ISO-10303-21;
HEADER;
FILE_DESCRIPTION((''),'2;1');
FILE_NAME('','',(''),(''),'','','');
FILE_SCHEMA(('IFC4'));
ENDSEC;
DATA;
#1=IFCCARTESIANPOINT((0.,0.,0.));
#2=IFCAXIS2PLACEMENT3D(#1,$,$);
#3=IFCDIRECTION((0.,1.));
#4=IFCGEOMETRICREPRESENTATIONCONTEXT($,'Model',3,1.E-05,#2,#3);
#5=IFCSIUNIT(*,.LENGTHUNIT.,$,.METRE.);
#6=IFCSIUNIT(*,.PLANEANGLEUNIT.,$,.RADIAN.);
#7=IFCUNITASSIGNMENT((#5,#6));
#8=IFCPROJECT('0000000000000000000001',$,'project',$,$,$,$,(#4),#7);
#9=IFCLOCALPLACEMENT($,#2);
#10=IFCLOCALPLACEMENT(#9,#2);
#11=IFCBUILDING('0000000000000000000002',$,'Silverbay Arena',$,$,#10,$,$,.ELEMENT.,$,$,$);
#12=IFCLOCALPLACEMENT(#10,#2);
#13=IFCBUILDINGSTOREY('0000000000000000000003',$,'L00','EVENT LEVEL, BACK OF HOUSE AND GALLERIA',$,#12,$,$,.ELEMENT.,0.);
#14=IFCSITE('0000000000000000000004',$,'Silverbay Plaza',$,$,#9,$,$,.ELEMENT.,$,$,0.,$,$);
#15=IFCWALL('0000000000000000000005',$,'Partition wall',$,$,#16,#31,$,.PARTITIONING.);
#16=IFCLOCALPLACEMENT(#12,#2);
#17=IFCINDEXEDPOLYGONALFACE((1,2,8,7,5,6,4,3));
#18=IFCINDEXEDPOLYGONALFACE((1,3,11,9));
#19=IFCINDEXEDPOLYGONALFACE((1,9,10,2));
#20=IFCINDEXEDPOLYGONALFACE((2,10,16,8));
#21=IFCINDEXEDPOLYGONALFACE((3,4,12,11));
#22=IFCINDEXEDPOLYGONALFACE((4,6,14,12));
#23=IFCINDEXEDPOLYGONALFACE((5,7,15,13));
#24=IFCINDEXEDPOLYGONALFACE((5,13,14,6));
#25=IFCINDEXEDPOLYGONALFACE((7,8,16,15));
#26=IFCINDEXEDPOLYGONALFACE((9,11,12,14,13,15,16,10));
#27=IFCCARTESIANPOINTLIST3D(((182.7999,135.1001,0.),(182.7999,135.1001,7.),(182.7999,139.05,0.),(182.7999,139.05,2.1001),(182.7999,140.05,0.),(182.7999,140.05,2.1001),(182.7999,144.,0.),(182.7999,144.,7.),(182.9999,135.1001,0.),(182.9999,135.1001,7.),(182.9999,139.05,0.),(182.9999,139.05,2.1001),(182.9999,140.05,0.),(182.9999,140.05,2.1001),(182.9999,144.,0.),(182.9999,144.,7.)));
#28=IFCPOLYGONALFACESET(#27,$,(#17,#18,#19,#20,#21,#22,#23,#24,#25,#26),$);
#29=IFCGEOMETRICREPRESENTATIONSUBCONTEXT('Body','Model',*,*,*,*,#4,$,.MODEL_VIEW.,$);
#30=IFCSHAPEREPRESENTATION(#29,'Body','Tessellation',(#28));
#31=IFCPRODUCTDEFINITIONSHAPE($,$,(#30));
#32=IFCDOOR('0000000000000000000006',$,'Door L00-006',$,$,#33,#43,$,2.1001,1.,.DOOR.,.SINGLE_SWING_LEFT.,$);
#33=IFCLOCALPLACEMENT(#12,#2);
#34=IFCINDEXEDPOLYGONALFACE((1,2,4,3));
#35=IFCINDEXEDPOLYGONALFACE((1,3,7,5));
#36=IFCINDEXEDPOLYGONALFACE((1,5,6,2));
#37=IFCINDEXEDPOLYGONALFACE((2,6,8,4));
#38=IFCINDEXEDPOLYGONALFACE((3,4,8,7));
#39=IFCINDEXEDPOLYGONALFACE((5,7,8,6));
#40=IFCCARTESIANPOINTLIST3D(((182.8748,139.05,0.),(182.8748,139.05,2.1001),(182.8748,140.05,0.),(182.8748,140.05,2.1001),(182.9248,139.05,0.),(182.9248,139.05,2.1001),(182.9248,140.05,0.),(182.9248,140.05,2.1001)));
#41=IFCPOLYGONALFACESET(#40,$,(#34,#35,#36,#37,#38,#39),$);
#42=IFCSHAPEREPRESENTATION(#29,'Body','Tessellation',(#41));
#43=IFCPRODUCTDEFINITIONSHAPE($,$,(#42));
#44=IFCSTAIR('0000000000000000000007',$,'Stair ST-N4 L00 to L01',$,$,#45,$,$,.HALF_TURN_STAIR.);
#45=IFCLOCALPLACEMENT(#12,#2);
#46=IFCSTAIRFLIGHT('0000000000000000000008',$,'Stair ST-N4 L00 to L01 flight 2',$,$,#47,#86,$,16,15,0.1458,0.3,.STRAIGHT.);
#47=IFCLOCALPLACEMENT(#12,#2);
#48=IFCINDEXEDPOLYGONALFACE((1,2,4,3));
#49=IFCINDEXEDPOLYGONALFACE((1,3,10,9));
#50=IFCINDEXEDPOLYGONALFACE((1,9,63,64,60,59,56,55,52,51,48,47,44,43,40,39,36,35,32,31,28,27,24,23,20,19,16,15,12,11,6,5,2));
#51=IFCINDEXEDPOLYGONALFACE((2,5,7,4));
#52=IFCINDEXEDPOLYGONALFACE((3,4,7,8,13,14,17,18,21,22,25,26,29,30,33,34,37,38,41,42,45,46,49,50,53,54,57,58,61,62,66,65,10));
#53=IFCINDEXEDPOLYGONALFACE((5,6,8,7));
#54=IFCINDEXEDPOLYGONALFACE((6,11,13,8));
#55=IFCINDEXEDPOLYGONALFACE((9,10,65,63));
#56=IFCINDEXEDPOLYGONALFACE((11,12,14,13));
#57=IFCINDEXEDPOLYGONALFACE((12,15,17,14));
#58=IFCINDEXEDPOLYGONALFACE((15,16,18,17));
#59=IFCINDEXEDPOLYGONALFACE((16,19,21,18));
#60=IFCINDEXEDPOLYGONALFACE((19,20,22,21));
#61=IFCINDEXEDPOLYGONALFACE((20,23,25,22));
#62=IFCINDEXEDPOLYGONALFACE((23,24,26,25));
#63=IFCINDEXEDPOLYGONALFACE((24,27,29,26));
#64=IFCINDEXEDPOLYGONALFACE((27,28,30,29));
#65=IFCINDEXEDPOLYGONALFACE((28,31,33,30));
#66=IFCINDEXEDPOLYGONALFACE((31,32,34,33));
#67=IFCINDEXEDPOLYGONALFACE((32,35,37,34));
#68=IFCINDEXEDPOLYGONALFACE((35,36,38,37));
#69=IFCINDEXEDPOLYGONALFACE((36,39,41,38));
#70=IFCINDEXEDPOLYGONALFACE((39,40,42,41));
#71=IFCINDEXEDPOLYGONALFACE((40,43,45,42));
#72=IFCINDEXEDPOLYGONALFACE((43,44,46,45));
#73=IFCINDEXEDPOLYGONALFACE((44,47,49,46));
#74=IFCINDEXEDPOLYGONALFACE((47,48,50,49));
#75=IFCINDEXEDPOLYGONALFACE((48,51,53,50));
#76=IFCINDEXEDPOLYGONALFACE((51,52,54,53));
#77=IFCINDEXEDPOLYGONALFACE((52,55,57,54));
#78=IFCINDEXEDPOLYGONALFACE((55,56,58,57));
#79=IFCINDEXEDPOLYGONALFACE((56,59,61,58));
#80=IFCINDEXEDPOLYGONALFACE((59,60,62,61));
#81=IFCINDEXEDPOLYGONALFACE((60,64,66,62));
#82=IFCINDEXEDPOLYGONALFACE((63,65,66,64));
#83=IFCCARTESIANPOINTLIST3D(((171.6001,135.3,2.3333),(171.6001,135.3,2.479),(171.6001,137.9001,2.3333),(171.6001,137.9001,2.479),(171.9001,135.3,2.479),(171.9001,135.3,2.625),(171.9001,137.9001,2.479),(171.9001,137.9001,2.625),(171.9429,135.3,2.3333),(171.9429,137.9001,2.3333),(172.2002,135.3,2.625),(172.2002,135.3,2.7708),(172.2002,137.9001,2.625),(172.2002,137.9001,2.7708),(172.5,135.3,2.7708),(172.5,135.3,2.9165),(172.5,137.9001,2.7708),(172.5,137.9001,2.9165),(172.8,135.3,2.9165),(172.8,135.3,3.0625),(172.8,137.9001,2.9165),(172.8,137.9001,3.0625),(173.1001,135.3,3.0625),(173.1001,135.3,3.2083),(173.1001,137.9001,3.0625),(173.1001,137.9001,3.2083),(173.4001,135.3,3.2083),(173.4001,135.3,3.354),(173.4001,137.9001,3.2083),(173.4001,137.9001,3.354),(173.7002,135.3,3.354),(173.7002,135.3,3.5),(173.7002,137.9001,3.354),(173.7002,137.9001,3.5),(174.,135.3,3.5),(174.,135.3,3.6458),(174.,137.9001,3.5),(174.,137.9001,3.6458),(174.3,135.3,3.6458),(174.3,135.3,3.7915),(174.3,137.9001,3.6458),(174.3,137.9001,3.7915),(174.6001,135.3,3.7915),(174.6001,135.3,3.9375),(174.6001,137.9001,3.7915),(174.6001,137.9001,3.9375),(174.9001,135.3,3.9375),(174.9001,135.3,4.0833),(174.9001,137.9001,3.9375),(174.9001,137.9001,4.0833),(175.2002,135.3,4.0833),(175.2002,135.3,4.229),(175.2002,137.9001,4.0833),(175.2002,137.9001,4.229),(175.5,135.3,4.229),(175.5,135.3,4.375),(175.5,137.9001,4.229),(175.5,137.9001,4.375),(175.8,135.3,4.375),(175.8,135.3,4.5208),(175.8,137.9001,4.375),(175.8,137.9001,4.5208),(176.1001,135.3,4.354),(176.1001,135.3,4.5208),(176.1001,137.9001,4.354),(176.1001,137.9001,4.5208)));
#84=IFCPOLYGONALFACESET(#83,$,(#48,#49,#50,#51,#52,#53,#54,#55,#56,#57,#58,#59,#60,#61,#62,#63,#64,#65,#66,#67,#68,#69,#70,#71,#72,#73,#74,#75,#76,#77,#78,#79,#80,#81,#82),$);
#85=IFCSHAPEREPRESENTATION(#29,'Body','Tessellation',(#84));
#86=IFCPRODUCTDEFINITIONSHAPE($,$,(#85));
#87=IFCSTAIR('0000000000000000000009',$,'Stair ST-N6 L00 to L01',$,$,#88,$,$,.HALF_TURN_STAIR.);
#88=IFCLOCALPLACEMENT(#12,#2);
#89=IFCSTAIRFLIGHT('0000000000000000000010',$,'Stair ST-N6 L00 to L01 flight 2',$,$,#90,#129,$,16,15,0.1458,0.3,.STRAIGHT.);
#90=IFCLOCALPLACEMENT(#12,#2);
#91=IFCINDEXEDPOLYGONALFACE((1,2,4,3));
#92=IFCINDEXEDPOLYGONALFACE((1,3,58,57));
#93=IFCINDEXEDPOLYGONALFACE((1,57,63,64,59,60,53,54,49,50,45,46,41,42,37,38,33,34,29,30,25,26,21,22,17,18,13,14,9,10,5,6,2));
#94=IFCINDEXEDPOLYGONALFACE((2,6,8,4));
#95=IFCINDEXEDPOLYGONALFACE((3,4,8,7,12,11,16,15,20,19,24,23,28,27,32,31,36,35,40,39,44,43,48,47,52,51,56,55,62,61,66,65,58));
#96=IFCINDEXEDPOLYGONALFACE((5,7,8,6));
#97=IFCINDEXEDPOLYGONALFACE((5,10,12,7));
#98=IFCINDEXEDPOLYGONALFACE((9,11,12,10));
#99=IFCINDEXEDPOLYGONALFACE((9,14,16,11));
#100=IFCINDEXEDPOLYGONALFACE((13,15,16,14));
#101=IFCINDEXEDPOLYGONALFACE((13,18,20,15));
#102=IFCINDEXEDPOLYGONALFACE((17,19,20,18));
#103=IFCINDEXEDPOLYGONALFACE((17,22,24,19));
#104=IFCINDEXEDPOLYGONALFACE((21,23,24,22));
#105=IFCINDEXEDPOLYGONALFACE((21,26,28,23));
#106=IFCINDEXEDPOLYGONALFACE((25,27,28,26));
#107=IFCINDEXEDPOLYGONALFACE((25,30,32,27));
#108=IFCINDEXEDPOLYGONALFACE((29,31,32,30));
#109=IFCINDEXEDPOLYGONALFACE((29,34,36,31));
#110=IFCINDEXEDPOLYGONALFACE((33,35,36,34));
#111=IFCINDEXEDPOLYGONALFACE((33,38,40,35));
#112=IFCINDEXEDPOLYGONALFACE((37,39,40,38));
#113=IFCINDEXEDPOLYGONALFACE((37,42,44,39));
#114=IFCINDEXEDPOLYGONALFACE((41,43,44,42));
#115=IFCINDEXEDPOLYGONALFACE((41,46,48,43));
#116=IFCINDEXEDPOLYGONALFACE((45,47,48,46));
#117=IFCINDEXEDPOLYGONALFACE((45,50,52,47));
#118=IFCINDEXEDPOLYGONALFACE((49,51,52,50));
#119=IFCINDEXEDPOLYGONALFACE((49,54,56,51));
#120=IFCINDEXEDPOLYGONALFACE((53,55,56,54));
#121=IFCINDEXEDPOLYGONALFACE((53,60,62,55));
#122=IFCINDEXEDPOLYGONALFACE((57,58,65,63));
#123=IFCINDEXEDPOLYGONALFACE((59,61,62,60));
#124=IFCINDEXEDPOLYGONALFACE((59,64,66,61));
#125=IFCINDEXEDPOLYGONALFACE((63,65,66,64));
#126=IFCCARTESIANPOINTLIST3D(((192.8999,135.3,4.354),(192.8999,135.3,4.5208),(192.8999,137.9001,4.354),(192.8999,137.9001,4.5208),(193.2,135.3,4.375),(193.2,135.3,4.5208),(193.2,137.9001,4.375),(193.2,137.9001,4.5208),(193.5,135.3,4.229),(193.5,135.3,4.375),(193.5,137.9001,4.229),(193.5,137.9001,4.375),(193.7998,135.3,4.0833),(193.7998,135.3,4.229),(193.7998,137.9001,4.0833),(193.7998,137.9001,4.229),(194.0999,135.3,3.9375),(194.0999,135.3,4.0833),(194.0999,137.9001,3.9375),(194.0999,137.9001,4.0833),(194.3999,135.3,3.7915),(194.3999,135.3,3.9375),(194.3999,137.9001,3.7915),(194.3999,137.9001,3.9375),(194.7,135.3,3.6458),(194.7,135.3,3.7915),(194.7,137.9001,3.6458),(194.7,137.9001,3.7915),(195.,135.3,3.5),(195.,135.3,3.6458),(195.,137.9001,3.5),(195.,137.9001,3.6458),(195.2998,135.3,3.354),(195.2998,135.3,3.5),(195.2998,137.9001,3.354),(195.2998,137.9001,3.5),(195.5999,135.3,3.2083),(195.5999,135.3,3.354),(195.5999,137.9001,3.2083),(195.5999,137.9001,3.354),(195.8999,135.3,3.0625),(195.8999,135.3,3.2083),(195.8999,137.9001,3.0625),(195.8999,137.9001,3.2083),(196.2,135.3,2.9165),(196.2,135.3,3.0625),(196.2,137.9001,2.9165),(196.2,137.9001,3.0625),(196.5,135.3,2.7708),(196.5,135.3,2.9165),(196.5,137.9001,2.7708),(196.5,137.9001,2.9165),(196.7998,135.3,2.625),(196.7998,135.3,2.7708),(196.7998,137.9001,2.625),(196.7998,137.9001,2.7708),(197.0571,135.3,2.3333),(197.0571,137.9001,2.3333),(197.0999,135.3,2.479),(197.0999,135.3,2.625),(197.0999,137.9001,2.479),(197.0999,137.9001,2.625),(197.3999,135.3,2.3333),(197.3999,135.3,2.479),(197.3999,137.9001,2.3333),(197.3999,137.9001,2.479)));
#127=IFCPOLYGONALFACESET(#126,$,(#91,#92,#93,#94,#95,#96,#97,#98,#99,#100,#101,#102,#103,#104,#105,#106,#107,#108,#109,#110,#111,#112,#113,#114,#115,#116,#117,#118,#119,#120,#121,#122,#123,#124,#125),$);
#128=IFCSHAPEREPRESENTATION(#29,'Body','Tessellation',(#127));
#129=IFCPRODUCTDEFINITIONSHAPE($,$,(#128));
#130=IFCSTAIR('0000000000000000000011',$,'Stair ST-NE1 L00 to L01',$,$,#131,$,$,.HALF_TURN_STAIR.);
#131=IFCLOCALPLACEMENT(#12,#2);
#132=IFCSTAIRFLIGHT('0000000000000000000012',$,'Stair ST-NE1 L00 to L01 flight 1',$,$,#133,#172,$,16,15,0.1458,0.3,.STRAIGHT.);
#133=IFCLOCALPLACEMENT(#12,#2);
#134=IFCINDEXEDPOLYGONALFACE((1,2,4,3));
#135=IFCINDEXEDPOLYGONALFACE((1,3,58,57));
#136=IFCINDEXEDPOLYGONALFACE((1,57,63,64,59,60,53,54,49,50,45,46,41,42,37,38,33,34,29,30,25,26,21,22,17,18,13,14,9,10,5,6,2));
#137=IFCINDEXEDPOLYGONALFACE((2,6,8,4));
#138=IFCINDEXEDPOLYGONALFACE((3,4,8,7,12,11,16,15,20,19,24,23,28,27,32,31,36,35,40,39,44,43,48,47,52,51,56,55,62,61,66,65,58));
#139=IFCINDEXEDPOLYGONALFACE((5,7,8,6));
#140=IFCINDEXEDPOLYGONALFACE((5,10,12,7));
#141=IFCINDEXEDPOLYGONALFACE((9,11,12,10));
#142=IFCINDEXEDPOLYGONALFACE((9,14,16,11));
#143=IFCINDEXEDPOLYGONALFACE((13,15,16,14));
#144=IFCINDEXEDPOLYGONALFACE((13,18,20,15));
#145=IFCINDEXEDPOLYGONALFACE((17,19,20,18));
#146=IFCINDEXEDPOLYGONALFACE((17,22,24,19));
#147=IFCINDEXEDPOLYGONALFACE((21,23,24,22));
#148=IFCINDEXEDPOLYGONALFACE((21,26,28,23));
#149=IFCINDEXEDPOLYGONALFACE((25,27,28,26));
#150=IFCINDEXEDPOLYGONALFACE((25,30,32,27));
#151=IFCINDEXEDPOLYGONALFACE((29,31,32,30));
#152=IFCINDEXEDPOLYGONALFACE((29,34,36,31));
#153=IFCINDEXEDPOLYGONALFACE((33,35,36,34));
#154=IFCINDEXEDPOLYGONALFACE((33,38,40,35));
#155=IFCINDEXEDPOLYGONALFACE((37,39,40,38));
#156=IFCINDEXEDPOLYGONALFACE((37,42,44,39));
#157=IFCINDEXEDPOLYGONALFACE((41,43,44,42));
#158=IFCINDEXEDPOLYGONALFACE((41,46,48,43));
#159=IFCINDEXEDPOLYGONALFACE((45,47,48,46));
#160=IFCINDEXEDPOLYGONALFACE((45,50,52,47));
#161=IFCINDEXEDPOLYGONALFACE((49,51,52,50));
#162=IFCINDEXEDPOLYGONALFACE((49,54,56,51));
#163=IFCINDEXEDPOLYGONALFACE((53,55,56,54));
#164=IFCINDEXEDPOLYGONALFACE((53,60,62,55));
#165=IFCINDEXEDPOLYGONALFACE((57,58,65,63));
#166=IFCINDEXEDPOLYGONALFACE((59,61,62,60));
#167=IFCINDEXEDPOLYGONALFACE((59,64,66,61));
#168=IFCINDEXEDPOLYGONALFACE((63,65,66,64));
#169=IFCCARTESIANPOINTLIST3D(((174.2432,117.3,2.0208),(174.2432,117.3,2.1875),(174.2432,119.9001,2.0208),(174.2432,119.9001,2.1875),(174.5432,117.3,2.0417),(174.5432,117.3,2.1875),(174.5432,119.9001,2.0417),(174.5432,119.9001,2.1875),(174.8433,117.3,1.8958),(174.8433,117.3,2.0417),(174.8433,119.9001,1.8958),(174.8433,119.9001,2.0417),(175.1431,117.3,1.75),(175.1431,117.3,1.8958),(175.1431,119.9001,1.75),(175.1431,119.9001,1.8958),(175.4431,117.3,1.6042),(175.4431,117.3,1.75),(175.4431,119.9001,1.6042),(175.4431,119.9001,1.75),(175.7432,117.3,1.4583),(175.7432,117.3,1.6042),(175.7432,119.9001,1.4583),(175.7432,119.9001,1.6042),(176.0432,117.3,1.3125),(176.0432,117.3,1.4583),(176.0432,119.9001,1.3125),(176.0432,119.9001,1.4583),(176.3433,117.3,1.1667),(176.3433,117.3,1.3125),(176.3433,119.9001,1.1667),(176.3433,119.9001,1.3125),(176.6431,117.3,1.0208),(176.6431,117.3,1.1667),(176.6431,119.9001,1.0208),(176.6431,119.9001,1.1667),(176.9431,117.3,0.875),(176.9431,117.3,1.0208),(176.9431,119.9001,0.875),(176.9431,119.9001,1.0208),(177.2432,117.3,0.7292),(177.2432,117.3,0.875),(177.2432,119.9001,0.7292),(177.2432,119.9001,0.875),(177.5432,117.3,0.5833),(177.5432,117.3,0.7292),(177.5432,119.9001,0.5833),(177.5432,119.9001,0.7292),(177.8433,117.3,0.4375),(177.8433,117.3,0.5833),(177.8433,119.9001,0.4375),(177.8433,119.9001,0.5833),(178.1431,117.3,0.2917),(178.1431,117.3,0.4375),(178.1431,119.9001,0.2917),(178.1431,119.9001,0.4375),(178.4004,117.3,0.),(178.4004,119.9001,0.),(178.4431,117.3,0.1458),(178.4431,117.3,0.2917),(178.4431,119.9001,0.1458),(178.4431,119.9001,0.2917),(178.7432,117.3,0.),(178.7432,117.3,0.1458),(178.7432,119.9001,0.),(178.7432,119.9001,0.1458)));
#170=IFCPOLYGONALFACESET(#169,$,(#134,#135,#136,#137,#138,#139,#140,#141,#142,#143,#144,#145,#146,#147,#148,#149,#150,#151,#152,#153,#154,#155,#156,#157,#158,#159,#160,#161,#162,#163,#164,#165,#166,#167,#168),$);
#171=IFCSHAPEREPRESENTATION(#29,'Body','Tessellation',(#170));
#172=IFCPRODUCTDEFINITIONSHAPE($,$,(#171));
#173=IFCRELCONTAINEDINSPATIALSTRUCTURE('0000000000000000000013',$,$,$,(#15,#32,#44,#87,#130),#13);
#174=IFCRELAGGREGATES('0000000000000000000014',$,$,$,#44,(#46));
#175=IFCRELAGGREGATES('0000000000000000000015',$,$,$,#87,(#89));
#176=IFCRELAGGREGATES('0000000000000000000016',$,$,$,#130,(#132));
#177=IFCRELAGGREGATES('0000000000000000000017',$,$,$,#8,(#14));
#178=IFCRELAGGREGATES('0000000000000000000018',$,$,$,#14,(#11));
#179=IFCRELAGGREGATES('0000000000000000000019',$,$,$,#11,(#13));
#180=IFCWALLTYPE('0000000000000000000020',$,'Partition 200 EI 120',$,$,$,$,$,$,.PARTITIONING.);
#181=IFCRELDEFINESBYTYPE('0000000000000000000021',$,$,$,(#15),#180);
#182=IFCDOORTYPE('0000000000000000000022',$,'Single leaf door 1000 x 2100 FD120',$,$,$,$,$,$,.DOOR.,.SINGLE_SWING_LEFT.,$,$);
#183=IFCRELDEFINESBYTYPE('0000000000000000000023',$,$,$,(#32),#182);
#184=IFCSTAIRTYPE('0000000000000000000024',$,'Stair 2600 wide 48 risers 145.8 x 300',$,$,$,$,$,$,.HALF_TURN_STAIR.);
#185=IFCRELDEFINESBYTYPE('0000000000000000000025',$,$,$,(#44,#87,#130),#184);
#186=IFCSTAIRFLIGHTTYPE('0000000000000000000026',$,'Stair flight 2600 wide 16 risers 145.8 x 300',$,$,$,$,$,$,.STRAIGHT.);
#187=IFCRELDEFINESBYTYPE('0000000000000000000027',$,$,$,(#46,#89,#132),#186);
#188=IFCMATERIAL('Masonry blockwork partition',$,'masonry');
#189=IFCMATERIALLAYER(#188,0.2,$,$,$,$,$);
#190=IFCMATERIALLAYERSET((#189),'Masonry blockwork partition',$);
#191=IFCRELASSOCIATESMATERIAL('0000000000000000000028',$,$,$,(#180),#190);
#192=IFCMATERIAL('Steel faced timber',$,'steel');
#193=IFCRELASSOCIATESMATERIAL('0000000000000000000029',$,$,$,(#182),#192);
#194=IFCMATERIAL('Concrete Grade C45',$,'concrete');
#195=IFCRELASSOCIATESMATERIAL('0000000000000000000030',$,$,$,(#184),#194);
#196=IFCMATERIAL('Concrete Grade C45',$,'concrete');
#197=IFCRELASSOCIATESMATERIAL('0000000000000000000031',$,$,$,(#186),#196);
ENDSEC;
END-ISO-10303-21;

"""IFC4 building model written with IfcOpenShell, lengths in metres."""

from ifc_helpers import new_model, si_unit, direction, frame, frame_2d, origin, place, context, subcontext, project, spatial, polyline, rectangle, outline, extrude, material, layer, layer_set, type_object, element, fill, aggregate, save


model = new_model("IFC4")

# Units and contexts
model_context = context("Model", 3, precision=1e-05, world=origin(), true_north=direction((0.0, 1.0)))
body_context = subcontext(model_context, "Body", "Model", "MODEL_VIEW")
ifc_project = project(units=[si_unit("LENGTHUNIT", "METRE"), si_unit("PLANEANGLEUNIT", "RADIAN")], contexts=[model_context])

# Site, building, storey
site_placement = place(None, origin())
site = spatial("IfcSite", under=ifc_project, at=site_placement, Name="Silverbay Plaza", CompositionType="ELEMENT", RefElevation=0.0)
building_placement = place(site_placement, origin())
building = spatial("IfcBuilding", under=site, at=building_placement, Name="Silverbay Arena", CompositionType="ELEMENT")
storey_placement = place(building_placement, origin())
storey = spatial("IfcBuildingStorey", under=building, at=storey_placement, Name="L00", Description="EVENT LEVEL, BACK OF HOUSE AND GALLERIA", CompositionType="ELEMENT", Elevation=0.0)

# Shared definitions
ifc_material_1 = material(Name="Masonry blockwork partition", Category="masonry")
ifc_layer_1 = layer(ifc_material_1, 0.2)
ifc_layer_set_1 = layer_set([ifc_layer_1], Name="Masonry blockwork partition")
wall_type_1 = type_object("IfcWallType", Name="Partition 200 EI 120", PredefinedType="PARTITIONING", material=ifc_layer_set_1)

# Wall, opening, door
wall_1_placement = place(storey_placement, frame((182.8999, 135.1001, 0.0), z_axis=(0.0, 0.0, 1.0), x_axis=(0.0, 1.0, 0.0)))
wall_1 = element("IfcWall", 1, at=wall_1_placement, inside=storey, type_object=wall_type_1, Name="Partition wall", PredefinedType="PARTITIONING", context=body_context, shape_type="SweptSolid", body=[
    extrude(rectangle(XDim=8.8999, YDim=0.2, at=frame_2d((4.45, 0.0))), origin(), (0.0, 0.0, 1.0), 7.0),
])
opening_1_placement = place(wall_1_placement, frame((3.95, 0.0, 0.0)))
opening_1 = element("IfcOpeningElement", 2, at=opening_1_placement, cuts=wall_1, PredefinedType="OPENING", context=body_context, shape_type="SweptSolid", body=[
    extrude(rectangle(XDim=1.0, YDim=2.1001, at=frame_2d((0.5, 1.05))), frame((0.0, 0.1099, 0.0), z_axis=(0.0, -1.0, 0.0), x_axis=(1.0, 0.0, 0.0)), (0.0, 0.0, 1.0), 0.22),
])
ifc_material_2 = material(Name="Steel faced timber", Category="steel")
door_type_1 = type_object("IfcDoorType", Name="Single leaf door 1000 x 2100 FD120", OperationType="SINGLE_SWING_LEFT", PredefinedType="DOOR", material=ifc_material_2)
door_1_placement = place(opening_1_placement, frame((1.0, 0.0, 0.0), z_axis=(0.0, 0.0, 1.0), x_axis=(-1.0, 0.0, 0.0)))
door_1 = element("IfcDoor", 3, at=door_1_placement, inside=storey, type_object=door_type_1, Name="Door L00-006", OperationType="SINGLE_SWING_LEFT", OverallHeight=2.1001, OverallWidth=1.0, PredefinedType="DOOR", context=body_context, shape_type="SweptSolid", body=[
    extrude(rectangle(XDim=1.0, YDim=2.1001, at=frame_2d((0.5, 1.05))), frame((0.0, 0.0249, 0.0), z_axis=(0.0, -1.0, 0.0), x_axis=(1.0, 0.0, 0.0)), (0.0, 0.0, 1.0), 0.05),
])
fill(opening_1, door_1)

# Stairs, stair flights
ifc_material_3 = material(Name="Concrete Grade C45", Category="concrete")
stair_type = type_object("IfcStairType", Name="Stair 2600 wide 48 risers 145.8 x 300", PredefinedType="HALF_TURN_STAIR", material=ifc_material_3)
stair_1_placement = place(storey_placement, origin())
stair_1 = element("IfcStair", 4, at=stair_1_placement, inside=storey, type_object=stair_type, Name="Stair ST-N4 L00 to L01", PredefinedType="HALF_TURN_STAIR")
ifc_material_4 = material(Name="Concrete Grade C45", Category="concrete")
stair_flight_type = type_object("IfcStairFlightType", Name="Stair flight 2600 wide 16 risers 145.8 x 300", PredefinedType="STRAIGHT", material=ifc_material_4)
stair_flight_1_placement = place(storey_placement, frame((171.6001, 136.6001, 2.3333), z_axis=(0.0, 0.0, 1.0), x_axis=(1.0, 0.0, 0.0)))
stair_flight_1 = element("IfcStairFlight", 5, at=stair_flight_1_placement, type_object=stair_flight_type, Name="Stair ST-N4 L00 to L01 flight 2", NumberOfRisers=16, NumberOfTreads=15, PredefinedType="STRAIGHT", RiserHeight=0.1458, TreadLength=0.3, context=body_context, shape_type="SweptSolid", body=[
    extrude(outline(polyline([(0.0, 0.0), (0.0, 0.1458), (0.3, 0.1458), (0.3, 0.2917), (0.6001, 0.2917), (0.6001, 0.4375), (0.8999, 0.4375), (0.8999, 0.5833), (1.2, 0.5833), (1.2, 0.7292), (1.5, 0.7292), (1.5, 0.875), (1.8, 0.875), (1.8, 1.0208), (2.1001, 1.0208), (2.1001, 1.1667), (2.3999, 1.1667), (2.3999, 1.3125), (2.7, 1.3125), (2.7, 1.4583), (3.0, 1.4583), (3.0, 1.6042), (3.3, 1.6042), (3.3, 1.75), (3.6001, 1.75), (3.6001, 1.8958), (3.8999, 1.8958), (3.8999, 2.0417), (4.2, 2.0417), (4.2, 2.1875), (4.5, 2.1875), (4.5, 2.0208), (0.3428, 0.0), (0.0, 0.0)])), frame((0.0, 1.3, 0.0), z_axis=(0.0, -1.0, 0.0), x_axis=(1.0, 0.0, 0.0)), (0.0, 0.0, 1.0), 2.6001),
])
aggregate(stair_1, [stair_flight_1])
stair_2_placement = place(storey_placement, origin())
stair_2 = element("IfcStair", 6, at=stair_2_placement, inside=storey, type_object=stair_type, Name="Stair ST-N6 L00 to L01", PredefinedType="HALF_TURN_STAIR")
stair_flight_2_placement = place(storey_placement, frame((197.3999, 136.6001, 2.3333), z_axis=(0.0, 0.0, 1.0), x_axis=(-1.0, 0.0, 0.0)))
stair_flight_2 = element("IfcStairFlight", 7, at=stair_flight_2_placement, type_object=stair_flight_type, Name="Stair ST-N6 L00 to L01 flight 2", NumberOfRisers=16, NumberOfTreads=15, PredefinedType="STRAIGHT", RiserHeight=0.1458, TreadLength=0.3, context=body_context, shape_type="SweptSolid", body=[
    extrude(outline(polyline([(0.0, 0.0), (0.0, 0.1458), (0.3, 0.1458), (0.3, 0.2917), (0.6001, 0.2917), (0.6001, 0.4375), (0.8999, 0.4375), (0.8999, 0.5833), (1.2, 0.5833), (1.2, 0.7292), (1.5, 0.7292), (1.5, 0.875), (1.8, 0.875), (1.8, 1.0208), (2.1001, 1.0208), (2.1001, 1.1667), (2.3999, 1.1667), (2.3999, 1.3125), (2.7, 1.3125), (2.7, 1.4583), (3.0, 1.4583), (3.0, 1.6042), (3.3, 1.6042), (3.3, 1.75), (3.6001, 1.75), (3.6001, 1.8958), (3.8999, 1.8958), (3.8999, 2.0417), (4.2, 2.0417), (4.2, 2.1875), (4.5, 2.1875), (4.5, 2.0208), (0.3428, 0.0), (0.0, 0.0)])), frame((0.0, 1.3, 0.0), z_axis=(0.0, -1.0, 0.0), x_axis=(1.0, 0.0, 0.0)), (0.0, 0.0, 1.0), 2.6001),
])
aggregate(stair_2, [stair_flight_2])

# Stair, stair flight
stair_3_placement = place(storey_placement, origin())
stair_3 = element("IfcStair", 8, at=stair_3_placement, inside=storey, type_object=stair_type, Name="Stair ST-NE1 L00 to L01", PredefinedType="HALF_TURN_STAIR")
stair_flight_3_placement = place(storey_placement, frame((178.7432, 118.6001, 0.0), z_axis=(0.0, 0.0, 1.0), x_axis=(-1.0, 0.0, 0.0)))
stair_flight_3 = element("IfcStairFlight", 9, at=stair_flight_3_placement, type_object=stair_flight_type, Name="Stair ST-NE1 L00 to L01 flight 1", NumberOfRisers=16, NumberOfTreads=15, PredefinedType="STRAIGHT", RiserHeight=0.1458, TreadLength=0.3, context=body_context, shape_type="SweptSolid", body=[
    extrude(outline(polyline([(0.0, 0.0), (0.0, 0.1458), (0.3, 0.1458), (0.3, 0.2917), (0.6001, 0.2917), (0.6001, 0.4375), (0.8999, 0.4375), (0.8999, 0.5833), (1.2, 0.5833), (1.2, 0.7292), (1.5, 0.7292), (1.5, 0.875), (1.8, 0.875), (1.8, 1.0208), (2.1001, 1.0208), (2.1001, 1.1667), (2.3999, 1.1667), (2.3999, 1.3125), (2.7, 1.3125), (2.7, 1.4583), (3.0, 1.4583), (3.0, 1.6042), (3.3, 1.6042), (3.3, 1.75), (3.6001, 1.75), (3.6001, 1.8958), (3.8999, 1.8958), (3.8999, 2.0417), (4.2, 2.0417), (4.2, 2.1875), (4.5, 2.1875), (4.5, 2.0208), (0.3428, 0.0), (0.0, 0.0)])), frame((0.0, 1.3, 0.0), z_axis=(0.0, -1.0, 0.0), x_axis=(1.0, 0.0, 0.0)), (0.0, 0.0, 1.0), 2.6001),
])
aggregate(stair_3, [stair_flight_3])

save(model, "model.ifc")
